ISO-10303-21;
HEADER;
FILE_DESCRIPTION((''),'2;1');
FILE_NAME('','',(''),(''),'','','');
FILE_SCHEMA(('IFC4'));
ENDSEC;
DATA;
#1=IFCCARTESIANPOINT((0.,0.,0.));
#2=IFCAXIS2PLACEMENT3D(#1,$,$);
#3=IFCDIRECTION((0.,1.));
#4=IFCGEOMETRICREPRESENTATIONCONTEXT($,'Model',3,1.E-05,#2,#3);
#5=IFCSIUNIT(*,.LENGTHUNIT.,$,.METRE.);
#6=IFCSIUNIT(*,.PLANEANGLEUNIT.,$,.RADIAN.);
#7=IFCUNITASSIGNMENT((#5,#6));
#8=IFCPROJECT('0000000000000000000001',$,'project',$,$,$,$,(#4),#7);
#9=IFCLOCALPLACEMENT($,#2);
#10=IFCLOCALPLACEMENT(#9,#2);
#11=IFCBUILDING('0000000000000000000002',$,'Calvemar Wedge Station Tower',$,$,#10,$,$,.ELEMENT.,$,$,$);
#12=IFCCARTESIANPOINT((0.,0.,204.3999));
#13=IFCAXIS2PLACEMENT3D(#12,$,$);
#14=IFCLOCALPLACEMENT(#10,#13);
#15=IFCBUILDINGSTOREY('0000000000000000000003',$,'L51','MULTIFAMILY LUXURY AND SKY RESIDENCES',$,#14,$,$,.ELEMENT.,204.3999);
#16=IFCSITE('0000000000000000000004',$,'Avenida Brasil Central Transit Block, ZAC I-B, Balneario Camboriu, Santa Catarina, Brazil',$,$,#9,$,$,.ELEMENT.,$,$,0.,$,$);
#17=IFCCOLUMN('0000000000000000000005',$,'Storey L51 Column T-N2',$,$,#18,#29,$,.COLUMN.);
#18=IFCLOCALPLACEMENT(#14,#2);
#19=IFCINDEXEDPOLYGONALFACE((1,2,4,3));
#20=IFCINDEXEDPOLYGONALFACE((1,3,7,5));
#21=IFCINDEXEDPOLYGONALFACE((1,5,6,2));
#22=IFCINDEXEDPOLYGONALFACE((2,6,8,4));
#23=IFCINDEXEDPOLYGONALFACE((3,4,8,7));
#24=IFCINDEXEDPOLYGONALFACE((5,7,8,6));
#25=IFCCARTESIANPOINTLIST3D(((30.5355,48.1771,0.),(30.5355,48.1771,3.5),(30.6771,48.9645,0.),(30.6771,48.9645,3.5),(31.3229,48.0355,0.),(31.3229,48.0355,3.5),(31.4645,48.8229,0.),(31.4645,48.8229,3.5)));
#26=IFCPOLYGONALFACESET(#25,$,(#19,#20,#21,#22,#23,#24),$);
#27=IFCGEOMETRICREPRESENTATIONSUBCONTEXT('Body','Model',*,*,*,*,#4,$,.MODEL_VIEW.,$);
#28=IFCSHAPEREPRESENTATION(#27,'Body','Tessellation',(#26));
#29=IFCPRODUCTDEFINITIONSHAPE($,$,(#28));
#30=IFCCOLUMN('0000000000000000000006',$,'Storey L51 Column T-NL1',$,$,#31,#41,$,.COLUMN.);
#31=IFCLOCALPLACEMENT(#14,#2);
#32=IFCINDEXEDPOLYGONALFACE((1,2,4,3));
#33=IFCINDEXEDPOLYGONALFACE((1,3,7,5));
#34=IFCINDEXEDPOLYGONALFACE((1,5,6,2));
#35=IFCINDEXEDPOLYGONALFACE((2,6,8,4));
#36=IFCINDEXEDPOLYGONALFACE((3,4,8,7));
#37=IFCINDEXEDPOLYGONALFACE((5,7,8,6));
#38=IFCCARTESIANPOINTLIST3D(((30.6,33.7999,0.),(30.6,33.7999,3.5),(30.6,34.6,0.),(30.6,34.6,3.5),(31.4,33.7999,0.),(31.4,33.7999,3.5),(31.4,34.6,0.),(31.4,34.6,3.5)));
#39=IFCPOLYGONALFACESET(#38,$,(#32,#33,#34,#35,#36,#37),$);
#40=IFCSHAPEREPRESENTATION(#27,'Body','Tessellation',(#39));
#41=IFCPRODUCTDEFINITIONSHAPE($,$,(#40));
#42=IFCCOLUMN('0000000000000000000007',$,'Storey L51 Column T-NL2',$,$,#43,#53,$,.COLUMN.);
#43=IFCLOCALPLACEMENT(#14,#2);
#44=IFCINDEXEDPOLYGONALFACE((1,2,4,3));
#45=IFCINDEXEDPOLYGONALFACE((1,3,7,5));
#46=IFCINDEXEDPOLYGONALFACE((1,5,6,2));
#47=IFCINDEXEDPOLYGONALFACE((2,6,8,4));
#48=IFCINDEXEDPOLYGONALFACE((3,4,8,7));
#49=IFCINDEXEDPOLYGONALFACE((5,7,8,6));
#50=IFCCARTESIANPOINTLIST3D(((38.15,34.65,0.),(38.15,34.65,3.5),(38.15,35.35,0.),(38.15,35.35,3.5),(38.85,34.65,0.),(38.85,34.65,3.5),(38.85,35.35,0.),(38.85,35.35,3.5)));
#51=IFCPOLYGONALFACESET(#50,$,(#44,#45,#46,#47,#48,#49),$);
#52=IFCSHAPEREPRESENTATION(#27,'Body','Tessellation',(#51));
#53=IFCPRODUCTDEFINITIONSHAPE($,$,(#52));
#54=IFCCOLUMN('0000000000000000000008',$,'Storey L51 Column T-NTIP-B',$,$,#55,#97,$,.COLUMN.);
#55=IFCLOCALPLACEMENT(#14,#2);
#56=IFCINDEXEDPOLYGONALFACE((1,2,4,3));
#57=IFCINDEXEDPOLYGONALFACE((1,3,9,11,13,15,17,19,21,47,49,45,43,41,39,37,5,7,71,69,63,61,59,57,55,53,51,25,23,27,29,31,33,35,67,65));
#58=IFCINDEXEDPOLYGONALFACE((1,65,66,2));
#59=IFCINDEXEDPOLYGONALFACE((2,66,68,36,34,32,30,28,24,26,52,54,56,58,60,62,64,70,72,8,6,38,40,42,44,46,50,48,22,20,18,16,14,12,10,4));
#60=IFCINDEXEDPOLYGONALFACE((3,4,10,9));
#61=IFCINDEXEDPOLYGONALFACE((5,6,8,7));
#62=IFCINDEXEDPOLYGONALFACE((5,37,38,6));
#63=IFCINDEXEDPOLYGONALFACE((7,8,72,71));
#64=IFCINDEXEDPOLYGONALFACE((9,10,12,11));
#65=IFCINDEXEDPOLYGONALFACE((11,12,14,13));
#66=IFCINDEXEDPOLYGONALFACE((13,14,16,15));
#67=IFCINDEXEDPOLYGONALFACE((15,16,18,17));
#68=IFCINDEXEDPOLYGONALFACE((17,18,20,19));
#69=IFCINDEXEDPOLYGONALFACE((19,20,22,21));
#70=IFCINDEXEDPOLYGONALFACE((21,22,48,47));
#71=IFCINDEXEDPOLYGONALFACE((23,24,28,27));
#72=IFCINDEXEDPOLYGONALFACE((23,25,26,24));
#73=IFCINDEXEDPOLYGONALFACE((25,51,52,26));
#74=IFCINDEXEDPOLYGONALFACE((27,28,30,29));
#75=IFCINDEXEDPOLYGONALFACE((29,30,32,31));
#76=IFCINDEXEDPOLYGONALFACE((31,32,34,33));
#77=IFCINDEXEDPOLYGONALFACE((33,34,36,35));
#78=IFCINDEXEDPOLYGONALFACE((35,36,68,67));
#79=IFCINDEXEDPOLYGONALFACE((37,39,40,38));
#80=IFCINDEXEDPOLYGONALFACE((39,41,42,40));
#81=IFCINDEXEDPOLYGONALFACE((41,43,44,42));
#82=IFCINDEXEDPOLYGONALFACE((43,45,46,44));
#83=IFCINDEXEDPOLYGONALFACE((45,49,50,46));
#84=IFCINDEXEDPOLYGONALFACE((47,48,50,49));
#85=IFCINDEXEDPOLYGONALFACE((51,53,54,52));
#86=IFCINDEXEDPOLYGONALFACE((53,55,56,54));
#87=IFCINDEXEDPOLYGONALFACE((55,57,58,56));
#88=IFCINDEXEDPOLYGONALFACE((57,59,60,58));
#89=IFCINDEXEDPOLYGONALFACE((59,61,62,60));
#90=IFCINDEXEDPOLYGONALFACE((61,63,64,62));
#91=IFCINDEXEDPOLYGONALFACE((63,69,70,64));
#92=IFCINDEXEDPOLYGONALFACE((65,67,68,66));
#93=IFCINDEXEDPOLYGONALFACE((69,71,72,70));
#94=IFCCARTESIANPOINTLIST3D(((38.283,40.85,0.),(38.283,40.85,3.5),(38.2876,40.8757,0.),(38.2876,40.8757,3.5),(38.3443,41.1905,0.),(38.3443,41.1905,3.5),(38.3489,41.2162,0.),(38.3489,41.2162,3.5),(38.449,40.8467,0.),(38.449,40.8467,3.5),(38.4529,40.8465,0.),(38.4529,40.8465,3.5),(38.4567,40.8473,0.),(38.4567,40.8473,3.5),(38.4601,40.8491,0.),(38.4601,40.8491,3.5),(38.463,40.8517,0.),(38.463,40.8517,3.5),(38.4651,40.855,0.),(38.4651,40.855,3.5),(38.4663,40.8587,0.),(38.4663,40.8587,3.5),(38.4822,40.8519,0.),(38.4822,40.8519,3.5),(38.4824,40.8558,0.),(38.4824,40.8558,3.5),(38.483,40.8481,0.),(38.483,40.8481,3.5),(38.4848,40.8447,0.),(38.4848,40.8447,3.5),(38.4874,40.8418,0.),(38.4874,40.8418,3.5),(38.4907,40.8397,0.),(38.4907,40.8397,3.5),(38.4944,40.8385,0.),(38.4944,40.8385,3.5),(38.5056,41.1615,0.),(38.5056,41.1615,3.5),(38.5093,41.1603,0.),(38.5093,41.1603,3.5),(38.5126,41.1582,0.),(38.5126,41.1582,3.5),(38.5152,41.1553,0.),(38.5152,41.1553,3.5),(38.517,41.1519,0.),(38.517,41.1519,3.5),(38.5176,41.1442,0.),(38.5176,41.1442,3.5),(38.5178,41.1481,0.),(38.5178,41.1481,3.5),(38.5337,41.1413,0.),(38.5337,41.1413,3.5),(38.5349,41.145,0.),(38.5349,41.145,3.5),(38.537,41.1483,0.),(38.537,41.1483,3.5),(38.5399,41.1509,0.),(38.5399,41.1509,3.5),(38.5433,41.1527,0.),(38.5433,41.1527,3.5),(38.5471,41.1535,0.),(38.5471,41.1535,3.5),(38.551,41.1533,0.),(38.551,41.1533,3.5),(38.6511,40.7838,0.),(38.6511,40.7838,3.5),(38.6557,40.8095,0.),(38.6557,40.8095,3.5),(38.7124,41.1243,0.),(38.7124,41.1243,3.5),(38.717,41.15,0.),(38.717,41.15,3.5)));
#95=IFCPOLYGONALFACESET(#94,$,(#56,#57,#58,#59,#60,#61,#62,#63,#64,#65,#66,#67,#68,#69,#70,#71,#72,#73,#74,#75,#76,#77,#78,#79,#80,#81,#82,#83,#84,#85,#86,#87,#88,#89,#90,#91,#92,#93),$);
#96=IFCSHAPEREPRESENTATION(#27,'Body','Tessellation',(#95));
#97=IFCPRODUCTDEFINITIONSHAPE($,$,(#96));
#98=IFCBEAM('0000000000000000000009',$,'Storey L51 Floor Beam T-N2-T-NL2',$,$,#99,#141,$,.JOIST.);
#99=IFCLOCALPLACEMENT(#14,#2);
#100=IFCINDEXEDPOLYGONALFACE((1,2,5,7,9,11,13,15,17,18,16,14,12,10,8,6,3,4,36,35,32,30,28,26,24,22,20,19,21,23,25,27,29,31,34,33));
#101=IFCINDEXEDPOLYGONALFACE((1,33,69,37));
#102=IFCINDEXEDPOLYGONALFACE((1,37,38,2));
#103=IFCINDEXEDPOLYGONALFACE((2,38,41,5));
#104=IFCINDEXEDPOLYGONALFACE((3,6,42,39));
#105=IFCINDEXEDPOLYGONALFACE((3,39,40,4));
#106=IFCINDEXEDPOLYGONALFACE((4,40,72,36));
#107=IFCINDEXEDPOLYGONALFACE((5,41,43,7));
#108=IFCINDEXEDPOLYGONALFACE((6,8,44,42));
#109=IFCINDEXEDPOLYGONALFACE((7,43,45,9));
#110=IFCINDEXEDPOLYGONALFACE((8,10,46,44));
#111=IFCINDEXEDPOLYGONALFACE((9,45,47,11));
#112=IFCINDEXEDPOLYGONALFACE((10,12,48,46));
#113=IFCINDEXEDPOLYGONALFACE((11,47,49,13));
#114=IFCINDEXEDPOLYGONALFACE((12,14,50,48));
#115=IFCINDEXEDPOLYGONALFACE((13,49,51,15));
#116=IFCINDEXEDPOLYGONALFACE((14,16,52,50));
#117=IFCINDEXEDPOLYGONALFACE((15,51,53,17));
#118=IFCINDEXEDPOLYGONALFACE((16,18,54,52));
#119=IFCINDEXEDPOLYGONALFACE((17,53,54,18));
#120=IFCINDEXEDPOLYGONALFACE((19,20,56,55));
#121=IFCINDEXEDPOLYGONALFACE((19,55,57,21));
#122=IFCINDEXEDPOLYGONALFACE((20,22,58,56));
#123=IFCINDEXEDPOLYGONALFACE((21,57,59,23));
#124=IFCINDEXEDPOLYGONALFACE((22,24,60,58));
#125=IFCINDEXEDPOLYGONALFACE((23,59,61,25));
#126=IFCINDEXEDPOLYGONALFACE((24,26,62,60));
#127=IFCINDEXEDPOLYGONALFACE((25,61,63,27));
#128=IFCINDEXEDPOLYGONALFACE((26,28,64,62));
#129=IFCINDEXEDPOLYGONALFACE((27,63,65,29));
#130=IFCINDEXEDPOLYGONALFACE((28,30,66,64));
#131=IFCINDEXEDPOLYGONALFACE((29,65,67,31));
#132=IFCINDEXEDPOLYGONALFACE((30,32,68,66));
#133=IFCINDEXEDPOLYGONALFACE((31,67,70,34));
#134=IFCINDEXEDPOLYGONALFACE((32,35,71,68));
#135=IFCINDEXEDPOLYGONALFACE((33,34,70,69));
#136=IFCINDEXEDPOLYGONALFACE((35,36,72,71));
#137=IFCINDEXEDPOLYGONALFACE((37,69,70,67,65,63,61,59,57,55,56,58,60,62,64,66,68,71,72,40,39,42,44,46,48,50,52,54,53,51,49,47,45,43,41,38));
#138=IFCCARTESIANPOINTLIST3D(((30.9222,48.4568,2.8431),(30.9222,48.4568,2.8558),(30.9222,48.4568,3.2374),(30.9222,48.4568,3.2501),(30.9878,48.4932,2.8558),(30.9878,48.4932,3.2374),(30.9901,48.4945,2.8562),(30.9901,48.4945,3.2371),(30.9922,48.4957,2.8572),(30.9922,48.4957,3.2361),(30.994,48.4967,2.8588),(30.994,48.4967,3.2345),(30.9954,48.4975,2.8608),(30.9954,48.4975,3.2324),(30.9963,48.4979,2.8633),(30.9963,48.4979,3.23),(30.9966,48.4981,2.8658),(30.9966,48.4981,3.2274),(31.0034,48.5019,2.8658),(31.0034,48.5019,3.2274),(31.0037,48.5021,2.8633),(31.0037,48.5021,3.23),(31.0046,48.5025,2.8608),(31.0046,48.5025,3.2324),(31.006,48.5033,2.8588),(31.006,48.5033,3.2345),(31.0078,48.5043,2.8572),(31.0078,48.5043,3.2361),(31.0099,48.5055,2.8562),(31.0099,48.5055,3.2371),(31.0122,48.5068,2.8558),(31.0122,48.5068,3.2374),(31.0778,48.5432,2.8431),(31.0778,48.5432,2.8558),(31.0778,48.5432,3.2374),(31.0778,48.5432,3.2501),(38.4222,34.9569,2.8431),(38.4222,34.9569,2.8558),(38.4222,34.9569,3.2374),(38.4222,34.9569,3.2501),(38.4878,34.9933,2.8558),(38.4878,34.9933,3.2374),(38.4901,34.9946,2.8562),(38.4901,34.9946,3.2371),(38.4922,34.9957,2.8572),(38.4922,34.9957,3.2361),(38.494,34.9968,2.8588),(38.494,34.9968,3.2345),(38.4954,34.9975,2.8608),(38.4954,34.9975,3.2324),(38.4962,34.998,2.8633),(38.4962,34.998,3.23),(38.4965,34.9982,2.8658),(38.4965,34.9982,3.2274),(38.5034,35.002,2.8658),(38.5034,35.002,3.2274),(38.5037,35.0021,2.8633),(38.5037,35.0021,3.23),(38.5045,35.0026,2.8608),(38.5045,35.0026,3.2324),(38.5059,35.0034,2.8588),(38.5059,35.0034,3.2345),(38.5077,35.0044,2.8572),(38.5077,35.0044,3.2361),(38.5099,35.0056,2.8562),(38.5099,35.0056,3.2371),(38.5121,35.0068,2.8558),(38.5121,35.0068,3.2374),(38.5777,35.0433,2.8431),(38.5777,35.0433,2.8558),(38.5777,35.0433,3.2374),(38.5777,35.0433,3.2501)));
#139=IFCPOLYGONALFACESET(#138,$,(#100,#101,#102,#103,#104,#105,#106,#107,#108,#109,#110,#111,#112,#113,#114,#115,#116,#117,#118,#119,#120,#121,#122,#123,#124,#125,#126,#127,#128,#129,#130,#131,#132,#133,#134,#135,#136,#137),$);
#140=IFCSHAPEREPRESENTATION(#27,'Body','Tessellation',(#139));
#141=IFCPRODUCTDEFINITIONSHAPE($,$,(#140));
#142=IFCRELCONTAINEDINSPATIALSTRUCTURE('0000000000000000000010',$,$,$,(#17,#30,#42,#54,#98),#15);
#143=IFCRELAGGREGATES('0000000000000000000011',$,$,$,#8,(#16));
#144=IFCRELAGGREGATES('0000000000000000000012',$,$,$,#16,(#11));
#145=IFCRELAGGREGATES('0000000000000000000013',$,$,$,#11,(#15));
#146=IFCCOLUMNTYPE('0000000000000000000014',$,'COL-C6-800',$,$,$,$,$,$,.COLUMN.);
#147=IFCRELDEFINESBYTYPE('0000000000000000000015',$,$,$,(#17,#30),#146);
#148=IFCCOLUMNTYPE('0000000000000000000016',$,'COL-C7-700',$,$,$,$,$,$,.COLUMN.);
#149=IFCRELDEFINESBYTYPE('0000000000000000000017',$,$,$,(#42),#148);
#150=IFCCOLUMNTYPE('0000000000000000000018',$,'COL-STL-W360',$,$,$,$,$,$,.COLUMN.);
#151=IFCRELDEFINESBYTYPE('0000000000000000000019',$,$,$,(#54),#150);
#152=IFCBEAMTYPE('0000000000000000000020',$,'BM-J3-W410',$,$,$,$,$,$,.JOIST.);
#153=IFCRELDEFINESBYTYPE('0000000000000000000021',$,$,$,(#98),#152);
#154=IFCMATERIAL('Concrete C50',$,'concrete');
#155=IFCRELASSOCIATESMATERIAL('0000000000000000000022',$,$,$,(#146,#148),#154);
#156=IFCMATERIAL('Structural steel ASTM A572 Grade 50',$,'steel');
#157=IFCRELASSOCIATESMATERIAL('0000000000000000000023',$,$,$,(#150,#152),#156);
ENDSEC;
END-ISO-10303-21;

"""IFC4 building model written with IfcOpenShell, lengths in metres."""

from ifc_helpers import new_model, si_unit, direction, frame, origin, origin_2d, place, context, subcontext, project, spatial, rectangle, i_section, extrude, source, transform, mapped, material, material_profile, profile_set, type_object, element, save


model = new_model("IFC4")

# Units and contexts
model_context = context("Model", 3, precision=1e-05, world=origin(), true_north=direction((0.0, 1.0)))
body_context = subcontext(model_context, "Body", "Model", "MODEL_VIEW")
ifc_project = project(units=[si_unit("LENGTHUNIT", "METRE"), si_unit("PLANEANGLEUNIT", "RADIAN")], contexts=[model_context])

# Site, building, storey
site_placement = place(None, origin())
site = spatial("IfcSite", under=ifc_project, at=site_placement, Name="Avenida Brasil Central Transit Block, ZAC I-B, Balneario Camboriu, Santa Catarina, Brazil", CompositionType="ELEMENT", RefElevation=0.0)
building_placement = place(site_placement, origin())
building = spatial("IfcBuilding", under=site, at=building_placement, Name="Calvemar Wedge Station Tower", CompositionType="ELEMENT")
storey_placement = place(building_placement, frame((0.0, 0.0, 204.3999)))
storey = spatial("IfcBuildingStorey", under=building, at=storey_placement, Name="L51", Description="MULTIFAMILY LUXURY AND SKY RESIDENCES", CompositionType="ELEMENT", Elevation=204.3999)

# Columns
ifc_material_1 = material(Name="Concrete C50", Category="concrete")
ifc_material_profile_1 = material_profile(ifc_material_1, rectangle(XDim=0.8, YDim=0.8, at=origin_2d()), Name="RC800x800")
ifc_profile_set_1 = profile_set([ifc_material_profile_1], Name="Concrete C50")
column_type_1 = type_object("IfcColumnType", Name="COL-C6-800", PredefinedType="COLUMN", material=ifc_profile_set_1)
shared_shape_1 = source(origin(), body_context, "Body", "SweptSolid", [
    extrude(rectangle(XDim=0.8, YDim=0.8, at=origin_2d()), origin(), (0.0, 0.0, 1.0), 3.5),
])
for number, where, z_axis, x_axis, name in (
    (1, (31.0, 48.5, 0.0), (0.0, 0.0, 1.0), (0.984196, -0.177085, 0.0), "Storey L51 Column T-N2"),
    (2, (31.0, 34.2, 0.0), (0.0, 0.0, 1.0), (1.0, 0.0, 0.0), "Storey L51 Column T-NL1"),
):
    element("IfcColumn", number, at=place(storey_placement, frame(where, z_axis=z_axis, x_axis=x_axis)), inside=storey, type_object=column_type_1, Name=name, PredefinedType="COLUMN", context=body_context, shape_type="MappedRepresentation", body=[
        mapped(shared_shape_1, transform((0.0, 0.0, 0.0), scale=1.0)),
    ])
ifc_material_profile_2 = material_profile(ifc_material_1, rectangle(XDim=0.7, YDim=0.7, at=origin_2d()), Name="RC700x700")
ifc_profile_set_2 = profile_set([ifc_material_profile_2], Name="Concrete C50")
column_type_2 = type_object("IfcColumnType", Name="COL-C7-700", PredefinedType="COLUMN", material=ifc_profile_set_2)
shared_shape_2 = source(origin(), body_context, "Body", "SweptSolid", [
    extrude(rectangle(XDim=0.7, YDim=0.7, at=origin_2d()), origin(), (0.0, 0.0, 1.0), 3.5),
])
column_1_placement = place(storey_placement, frame((38.5, 35.0, 0.0), z_axis=(0.0, 0.0, 1.0), x_axis=(1.0, 0.0, 0.0)))
element("IfcColumn", 3, at=column_1_placement, inside=storey, type_object=column_type_2, Name="Storey L51 Column T-NL2", PredefinedType="COLUMN", context=body_context, shape_type="MappedRepresentation", body=[
    mapped(shared_shape_2, transform((0.0, 0.0, 0.0), scale=1.0)),
])
ifc_material_2 = material(Name="Structural steel ASTM A572 Grade 50", Category="steel")
ifc_material_profile_3 = material_profile(ifc_material_2, i_section(OverallWidth=0.374, OverallDepth=0.3721, WebThickness=0.0164, FlangeThickness=0.0261, FilletRadius=0.0149, at=origin_2d()), Name="W360x196")
ifc_profile_set_3 = profile_set([ifc_material_profile_3], Name="Structural steel ASTM A572 Grade 50")
column_type_3 = type_object("IfcColumnType", Name="COL-STL-W360", PredefinedType="COLUMN", material=ifc_profile_set_3)
shared_shape_3 = source(origin(), body_context, "Body", "SweptSolid", [
    extrude(i_section(OverallWidth=0.374, OverallDepth=0.3721, WebThickness=0.0164, FlangeThickness=0.0261, FilletRadius=0.0149, at=origin_2d()), origin(), (0.0, 0.0, 1.0), 3.5),
])
column_2_placement = place(storey_placement, frame((38.5, 41.0, 0.0), z_axis=(0.0, 0.0, 1.0), x_axis=(0.984196, -0.177085, 0.0)))
element("IfcColumn", 4, at=column_2_placement, inside=storey, type_object=column_type_3, Name="Storey L51 Column T-NTIP-B", PredefinedType="COLUMN", context=body_context, shape_type="MappedRepresentation", body=[
    mapped(shared_shape_3, transform((0.0, 0.0, 0.0), scale=1.0)),
])

# Beam
ifc_material_profile_4 = material_profile(ifc_material_2, i_section(OverallWidth=0.178, OverallDepth=0.407, WebThickness=0.0078, FlangeThickness=0.0127, FilletRadius=0.01, at=origin_2d()), Name="W410x60")
ifc_profile_set_4 = profile_set([ifc_material_profile_4], Name="Structural steel ASTM A572 Grade 50")
beam_type_1 = type_object("IfcBeamType", Name="BM-J3-W410", PredefinedType="JOIST", material=ifc_profile_set_4)
shared_shape_4 = source(origin(), body_context, "Body", "SweptSolid", [
    extrude(i_section(OverallWidth=0.178, OverallDepth=0.407, WebThickness=0.0078, FlangeThickness=0.0127, FilletRadius=0.01, at=origin_2d()), origin(), (0.0, 0.0, 1.0), 15.4434),
])
beam_1_placement = place(storey_placement, frame((31.0, 48.5, 3.0466), z_axis=(0.485643, -0.874157, 0.0), x_axis=(0.874157, 0.485643, 0.0)))
element("IfcBeam", 5, at=beam_1_placement, inside=storey, type_object=beam_type_1, Name="Storey L51 Floor Beam T-N2-T-NL2", PredefinedType="JOIST", context=body_context, shape_type="MappedRepresentation", body=[
    mapped(shared_shape_4, transform((0.0, 0.0, 0.0), scale=1.0)),
])

save(model, "model.ifc")
